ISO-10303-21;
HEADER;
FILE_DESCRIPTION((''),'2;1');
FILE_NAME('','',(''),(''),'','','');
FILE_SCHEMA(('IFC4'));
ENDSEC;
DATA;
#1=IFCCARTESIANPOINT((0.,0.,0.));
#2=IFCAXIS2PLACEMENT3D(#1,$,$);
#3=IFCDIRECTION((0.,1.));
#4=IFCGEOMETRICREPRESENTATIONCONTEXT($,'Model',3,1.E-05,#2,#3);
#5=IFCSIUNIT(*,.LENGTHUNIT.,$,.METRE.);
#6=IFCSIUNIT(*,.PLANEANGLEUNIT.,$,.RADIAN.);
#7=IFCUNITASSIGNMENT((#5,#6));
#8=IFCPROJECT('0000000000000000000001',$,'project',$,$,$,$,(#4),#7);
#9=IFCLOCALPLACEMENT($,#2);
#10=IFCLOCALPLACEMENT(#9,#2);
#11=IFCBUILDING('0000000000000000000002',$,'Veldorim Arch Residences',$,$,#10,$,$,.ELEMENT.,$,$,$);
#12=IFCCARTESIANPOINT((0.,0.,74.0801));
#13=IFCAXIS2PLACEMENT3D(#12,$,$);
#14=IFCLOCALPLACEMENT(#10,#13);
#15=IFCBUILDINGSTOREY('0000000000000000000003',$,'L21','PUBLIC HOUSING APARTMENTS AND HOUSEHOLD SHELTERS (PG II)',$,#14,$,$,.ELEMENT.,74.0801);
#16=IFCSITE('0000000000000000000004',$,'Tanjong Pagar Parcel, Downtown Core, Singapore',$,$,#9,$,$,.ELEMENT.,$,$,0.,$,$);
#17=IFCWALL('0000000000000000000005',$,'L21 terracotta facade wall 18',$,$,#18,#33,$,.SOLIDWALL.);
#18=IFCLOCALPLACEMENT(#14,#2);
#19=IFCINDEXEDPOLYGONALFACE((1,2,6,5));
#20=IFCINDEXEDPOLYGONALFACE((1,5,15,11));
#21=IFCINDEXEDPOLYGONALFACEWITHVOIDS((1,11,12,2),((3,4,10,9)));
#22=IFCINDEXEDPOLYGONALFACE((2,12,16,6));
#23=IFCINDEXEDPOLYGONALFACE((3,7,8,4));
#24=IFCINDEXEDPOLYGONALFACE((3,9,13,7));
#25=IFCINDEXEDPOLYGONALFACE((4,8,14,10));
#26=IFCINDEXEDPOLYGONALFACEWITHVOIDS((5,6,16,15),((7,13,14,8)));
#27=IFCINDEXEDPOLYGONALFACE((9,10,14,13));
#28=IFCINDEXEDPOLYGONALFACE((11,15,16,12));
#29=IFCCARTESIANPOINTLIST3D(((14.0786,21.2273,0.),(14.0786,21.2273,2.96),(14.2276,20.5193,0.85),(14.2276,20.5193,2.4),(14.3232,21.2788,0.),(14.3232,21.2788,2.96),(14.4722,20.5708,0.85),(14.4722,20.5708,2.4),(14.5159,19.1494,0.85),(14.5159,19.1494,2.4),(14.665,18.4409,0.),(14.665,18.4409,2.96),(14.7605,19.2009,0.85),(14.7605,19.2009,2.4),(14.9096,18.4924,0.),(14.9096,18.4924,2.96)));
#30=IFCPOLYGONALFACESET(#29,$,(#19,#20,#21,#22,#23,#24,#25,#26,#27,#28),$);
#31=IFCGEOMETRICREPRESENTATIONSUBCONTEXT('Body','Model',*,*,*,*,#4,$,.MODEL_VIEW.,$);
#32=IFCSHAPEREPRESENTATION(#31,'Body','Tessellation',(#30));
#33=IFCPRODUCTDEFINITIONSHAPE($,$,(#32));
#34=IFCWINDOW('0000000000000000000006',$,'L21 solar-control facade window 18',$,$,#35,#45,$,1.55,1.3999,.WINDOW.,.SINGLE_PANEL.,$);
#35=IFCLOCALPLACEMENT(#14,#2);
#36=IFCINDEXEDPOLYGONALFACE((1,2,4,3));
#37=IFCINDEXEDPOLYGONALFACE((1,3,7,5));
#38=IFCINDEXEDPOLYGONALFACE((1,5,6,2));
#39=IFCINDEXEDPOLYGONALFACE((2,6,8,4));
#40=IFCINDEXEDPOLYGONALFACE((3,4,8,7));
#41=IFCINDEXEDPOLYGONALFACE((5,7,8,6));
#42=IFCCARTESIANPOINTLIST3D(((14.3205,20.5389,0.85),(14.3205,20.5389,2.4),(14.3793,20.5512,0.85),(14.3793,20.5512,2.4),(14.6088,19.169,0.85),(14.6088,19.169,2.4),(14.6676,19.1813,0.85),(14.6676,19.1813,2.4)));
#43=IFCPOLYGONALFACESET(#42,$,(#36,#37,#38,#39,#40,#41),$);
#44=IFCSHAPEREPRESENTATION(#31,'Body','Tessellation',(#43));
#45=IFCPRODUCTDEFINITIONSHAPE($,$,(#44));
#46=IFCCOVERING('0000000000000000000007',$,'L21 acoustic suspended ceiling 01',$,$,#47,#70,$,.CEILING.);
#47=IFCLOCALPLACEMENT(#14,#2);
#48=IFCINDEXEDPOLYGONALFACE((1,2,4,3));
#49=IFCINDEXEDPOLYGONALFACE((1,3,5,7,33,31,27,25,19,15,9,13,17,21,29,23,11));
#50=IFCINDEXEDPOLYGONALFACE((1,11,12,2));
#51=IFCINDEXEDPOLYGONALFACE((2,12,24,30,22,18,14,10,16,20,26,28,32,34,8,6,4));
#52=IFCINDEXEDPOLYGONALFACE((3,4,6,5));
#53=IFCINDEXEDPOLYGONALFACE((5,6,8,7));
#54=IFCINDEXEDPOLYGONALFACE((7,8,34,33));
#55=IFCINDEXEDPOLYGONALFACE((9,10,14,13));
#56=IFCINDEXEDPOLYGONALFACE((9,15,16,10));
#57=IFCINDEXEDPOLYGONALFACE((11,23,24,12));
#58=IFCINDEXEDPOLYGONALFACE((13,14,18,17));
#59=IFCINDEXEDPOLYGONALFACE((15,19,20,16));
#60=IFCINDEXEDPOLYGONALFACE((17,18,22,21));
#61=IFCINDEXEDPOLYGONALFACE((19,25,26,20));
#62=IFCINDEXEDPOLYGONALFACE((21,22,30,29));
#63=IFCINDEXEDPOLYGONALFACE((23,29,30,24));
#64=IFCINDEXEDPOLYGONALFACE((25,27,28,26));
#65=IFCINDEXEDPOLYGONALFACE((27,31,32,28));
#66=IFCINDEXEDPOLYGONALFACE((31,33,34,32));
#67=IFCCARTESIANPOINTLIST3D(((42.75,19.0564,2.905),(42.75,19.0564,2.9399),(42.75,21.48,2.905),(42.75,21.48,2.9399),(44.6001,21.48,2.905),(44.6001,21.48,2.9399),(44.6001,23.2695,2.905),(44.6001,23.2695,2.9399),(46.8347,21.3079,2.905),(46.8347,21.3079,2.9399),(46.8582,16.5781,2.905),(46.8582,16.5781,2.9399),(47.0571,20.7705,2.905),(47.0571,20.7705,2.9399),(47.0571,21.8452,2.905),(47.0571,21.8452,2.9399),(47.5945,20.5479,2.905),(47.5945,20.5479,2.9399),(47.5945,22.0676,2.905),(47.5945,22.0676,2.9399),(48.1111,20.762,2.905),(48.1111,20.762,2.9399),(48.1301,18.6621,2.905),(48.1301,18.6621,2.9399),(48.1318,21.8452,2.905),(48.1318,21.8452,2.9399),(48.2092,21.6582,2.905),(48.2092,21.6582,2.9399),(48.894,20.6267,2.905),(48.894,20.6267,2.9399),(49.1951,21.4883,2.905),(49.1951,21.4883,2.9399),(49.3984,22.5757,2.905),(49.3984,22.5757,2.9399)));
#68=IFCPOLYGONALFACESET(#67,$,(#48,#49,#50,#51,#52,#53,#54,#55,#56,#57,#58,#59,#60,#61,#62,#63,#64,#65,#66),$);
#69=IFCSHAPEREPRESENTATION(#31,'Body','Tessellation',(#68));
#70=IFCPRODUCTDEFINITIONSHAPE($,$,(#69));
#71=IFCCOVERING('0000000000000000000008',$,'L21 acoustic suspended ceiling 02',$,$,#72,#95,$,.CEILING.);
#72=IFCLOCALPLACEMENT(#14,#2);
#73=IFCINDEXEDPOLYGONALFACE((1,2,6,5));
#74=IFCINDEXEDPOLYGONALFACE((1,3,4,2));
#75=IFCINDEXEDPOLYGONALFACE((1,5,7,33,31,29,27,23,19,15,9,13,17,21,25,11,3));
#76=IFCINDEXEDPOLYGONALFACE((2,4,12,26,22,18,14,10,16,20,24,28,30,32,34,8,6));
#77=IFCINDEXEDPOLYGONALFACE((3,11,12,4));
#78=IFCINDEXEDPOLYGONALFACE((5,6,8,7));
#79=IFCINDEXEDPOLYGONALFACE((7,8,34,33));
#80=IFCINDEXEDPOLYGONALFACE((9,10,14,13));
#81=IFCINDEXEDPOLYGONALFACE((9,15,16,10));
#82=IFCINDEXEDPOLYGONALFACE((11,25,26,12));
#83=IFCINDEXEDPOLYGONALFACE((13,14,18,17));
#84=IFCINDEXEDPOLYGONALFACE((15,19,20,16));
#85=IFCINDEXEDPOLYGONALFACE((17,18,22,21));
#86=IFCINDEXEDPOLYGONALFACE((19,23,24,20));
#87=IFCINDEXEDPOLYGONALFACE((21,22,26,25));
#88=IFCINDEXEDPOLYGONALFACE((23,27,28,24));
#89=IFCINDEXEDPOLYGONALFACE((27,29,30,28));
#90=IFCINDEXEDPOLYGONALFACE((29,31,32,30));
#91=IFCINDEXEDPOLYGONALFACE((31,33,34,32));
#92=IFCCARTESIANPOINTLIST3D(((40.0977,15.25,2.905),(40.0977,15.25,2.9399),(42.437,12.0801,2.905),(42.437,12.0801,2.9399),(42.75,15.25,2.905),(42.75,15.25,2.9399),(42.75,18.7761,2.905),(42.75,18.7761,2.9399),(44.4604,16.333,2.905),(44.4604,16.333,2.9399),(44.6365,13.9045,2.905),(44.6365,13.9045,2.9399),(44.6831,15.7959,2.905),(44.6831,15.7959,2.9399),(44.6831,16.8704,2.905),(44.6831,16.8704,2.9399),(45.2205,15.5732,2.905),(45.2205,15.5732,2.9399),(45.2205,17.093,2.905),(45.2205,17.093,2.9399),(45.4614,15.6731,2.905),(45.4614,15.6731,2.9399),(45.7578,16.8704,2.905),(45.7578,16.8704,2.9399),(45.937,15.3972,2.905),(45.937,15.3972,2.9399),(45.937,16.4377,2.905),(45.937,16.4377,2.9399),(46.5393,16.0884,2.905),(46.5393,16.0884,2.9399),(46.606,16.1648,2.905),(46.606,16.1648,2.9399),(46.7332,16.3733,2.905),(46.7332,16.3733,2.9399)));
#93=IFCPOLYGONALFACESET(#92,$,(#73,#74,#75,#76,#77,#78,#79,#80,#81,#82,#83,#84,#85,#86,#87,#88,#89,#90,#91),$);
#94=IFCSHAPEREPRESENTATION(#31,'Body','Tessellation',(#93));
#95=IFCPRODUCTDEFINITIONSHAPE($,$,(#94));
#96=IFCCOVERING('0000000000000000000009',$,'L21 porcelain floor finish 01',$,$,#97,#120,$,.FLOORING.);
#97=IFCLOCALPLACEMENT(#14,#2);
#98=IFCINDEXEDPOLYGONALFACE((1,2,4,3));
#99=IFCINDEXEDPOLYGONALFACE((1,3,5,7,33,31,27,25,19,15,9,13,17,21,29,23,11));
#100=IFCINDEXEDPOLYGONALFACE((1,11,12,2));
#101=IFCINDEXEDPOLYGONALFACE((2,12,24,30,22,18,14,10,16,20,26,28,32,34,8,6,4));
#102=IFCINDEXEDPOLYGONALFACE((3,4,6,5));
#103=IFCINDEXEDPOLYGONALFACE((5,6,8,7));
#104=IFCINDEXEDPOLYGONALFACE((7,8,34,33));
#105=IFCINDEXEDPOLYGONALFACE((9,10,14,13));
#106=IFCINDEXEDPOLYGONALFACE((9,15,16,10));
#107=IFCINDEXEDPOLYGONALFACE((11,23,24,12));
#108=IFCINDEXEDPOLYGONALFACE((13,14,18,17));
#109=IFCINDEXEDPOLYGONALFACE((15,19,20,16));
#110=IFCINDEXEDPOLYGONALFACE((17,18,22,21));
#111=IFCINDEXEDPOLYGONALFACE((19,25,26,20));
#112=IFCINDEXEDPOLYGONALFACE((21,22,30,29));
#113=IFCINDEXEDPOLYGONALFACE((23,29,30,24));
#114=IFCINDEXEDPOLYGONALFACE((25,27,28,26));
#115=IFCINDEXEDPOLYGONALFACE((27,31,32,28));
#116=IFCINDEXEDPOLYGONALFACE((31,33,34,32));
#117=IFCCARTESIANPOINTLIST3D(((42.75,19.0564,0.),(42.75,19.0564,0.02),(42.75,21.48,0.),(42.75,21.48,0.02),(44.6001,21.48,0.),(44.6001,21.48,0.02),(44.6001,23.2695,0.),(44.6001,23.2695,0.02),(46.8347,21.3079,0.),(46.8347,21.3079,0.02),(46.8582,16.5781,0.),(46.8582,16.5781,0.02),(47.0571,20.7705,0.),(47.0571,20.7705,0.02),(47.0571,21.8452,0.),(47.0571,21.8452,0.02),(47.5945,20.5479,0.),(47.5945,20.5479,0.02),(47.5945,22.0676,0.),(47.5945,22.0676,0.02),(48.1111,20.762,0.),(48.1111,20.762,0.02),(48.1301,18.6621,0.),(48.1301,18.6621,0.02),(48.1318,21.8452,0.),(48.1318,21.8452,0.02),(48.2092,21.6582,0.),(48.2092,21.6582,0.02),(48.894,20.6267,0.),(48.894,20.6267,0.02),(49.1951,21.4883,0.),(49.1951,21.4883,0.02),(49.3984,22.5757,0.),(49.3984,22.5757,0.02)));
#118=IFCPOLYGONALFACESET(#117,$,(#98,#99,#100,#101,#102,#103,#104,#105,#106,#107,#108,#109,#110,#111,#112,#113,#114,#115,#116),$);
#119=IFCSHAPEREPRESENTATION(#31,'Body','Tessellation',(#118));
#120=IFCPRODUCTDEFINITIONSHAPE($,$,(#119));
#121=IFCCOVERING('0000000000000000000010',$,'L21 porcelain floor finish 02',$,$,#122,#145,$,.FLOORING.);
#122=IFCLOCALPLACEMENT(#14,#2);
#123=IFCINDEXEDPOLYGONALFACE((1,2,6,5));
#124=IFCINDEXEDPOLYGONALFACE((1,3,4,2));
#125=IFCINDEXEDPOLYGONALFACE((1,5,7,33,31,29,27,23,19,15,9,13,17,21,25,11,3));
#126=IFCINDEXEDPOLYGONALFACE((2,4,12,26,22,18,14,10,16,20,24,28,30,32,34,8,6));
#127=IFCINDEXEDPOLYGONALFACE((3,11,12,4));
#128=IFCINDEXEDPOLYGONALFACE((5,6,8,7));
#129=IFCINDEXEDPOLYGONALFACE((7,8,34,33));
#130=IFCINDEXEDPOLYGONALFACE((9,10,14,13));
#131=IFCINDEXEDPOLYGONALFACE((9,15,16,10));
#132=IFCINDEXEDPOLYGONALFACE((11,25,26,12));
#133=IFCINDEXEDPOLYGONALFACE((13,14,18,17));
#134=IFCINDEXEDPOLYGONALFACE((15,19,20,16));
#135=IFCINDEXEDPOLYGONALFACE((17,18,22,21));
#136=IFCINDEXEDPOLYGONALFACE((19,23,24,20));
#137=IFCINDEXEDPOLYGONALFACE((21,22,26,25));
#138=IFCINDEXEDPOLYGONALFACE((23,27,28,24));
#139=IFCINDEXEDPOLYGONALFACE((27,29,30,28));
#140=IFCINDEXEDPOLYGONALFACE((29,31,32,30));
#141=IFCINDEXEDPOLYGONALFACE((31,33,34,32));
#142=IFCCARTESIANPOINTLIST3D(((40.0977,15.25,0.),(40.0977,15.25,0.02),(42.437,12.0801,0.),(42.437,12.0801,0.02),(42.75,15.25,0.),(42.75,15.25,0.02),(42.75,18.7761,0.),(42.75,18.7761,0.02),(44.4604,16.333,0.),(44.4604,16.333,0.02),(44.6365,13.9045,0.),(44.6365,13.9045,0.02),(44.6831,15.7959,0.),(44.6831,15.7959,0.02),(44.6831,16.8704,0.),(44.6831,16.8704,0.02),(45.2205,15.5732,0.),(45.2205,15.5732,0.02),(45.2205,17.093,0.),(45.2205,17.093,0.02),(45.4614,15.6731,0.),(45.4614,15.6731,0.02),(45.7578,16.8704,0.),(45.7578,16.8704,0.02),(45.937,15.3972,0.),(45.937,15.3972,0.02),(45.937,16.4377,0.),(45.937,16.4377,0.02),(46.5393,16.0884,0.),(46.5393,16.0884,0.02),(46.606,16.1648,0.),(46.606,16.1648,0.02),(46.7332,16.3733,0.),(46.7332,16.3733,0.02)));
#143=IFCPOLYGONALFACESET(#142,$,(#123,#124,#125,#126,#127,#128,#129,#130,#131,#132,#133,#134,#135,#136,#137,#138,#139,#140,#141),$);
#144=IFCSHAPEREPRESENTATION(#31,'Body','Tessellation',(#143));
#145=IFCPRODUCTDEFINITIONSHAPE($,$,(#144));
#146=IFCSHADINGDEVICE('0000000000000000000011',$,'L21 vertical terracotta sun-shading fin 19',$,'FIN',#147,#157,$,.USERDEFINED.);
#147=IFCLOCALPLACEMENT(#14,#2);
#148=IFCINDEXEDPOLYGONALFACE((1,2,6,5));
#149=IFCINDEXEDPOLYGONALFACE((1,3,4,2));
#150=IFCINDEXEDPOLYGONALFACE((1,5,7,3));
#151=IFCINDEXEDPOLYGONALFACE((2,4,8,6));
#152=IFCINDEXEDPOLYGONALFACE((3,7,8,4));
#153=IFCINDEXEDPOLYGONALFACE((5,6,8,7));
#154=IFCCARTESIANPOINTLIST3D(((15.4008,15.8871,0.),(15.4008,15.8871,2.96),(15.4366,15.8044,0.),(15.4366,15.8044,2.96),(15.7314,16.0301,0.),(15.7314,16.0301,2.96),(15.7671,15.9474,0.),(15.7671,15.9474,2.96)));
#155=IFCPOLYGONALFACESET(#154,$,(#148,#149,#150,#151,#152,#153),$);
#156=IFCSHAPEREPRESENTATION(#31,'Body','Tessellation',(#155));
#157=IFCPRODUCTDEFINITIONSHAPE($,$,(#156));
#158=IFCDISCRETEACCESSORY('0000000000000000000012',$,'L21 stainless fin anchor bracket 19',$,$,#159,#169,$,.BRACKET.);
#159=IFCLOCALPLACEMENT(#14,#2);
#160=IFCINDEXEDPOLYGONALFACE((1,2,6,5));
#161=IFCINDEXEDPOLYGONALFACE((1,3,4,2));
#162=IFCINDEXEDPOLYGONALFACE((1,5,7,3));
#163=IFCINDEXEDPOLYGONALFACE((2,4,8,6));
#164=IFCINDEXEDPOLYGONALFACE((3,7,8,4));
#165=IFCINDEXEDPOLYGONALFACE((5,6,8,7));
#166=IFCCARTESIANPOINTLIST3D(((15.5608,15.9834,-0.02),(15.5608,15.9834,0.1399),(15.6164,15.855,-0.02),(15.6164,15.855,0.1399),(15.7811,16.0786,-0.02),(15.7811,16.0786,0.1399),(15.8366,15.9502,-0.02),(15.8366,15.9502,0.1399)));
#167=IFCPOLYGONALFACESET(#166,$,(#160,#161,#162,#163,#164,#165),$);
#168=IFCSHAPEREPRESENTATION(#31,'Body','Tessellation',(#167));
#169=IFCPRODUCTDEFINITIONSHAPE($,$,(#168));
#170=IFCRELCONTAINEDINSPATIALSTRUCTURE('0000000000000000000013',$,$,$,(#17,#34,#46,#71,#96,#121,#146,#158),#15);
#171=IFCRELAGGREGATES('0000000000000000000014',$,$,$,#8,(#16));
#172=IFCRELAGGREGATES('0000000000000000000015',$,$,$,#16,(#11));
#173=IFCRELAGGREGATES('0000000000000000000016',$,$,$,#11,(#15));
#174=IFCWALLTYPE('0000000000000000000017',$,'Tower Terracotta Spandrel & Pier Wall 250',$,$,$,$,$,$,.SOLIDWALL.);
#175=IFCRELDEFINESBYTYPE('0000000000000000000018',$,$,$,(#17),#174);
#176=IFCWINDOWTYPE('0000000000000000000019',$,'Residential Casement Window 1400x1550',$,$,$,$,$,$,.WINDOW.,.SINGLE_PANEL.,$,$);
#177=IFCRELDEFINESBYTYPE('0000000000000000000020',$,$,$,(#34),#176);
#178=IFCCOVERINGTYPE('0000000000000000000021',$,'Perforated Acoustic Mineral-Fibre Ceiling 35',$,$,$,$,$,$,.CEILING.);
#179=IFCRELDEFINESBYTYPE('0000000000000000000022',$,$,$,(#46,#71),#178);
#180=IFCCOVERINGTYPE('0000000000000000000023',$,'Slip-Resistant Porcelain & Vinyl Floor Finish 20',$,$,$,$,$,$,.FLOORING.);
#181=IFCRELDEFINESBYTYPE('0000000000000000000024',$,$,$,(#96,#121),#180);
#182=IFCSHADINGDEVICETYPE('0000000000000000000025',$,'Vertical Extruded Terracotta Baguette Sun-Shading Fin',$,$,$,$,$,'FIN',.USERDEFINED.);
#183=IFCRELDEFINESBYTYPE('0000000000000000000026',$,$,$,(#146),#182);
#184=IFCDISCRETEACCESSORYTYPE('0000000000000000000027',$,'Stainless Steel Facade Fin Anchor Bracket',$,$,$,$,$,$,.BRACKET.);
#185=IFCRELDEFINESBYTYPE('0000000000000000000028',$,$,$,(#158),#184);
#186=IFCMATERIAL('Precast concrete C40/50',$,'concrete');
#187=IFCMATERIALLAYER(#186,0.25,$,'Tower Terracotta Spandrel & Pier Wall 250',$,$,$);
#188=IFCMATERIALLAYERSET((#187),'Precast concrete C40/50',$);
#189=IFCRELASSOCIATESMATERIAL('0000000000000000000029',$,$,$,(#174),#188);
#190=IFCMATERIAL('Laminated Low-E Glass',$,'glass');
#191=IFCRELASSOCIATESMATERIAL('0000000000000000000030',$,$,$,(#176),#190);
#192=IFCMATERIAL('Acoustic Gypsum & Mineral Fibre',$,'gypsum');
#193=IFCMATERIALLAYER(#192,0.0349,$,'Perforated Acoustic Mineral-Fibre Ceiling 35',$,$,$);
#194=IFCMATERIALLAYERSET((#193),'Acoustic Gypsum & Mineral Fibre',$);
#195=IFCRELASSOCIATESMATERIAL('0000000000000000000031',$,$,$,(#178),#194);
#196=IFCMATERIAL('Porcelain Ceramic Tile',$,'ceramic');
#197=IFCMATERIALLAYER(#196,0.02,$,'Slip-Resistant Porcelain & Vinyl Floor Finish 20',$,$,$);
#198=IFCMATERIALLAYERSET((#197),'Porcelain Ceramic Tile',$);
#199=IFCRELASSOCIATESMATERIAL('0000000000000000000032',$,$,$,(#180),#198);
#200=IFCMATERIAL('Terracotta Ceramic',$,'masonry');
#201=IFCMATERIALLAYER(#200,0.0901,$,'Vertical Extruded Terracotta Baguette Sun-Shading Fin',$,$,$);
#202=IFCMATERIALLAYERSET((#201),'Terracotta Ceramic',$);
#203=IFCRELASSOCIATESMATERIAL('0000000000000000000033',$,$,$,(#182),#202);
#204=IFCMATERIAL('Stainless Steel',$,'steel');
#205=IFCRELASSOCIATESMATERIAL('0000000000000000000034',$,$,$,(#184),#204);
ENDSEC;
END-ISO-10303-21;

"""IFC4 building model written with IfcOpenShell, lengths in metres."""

from ifc_helpers import new_model, si_unit, direction, frame, frame_2d, origin, origin_2d, place, context, subcontext, project, spatial, polyline, rectangle, outline, extrude, material, layer, layer_set, type_object, element, fill, save


model = new_model("IFC4")

# Units and contexts
model_context = context("Model", 3, precision=1e-05, world=origin(), true_north=direction((0.0, 1.0)))
body_context = subcontext(model_context, "Body", "Model", "MODEL_VIEW")
ifc_project = project(units=[si_unit("LENGTHUNIT", "METRE"), si_unit("PLANEANGLEUNIT", "RADIAN")], contexts=[model_context])

# Site, building, storey
site_placement = place(None, origin())
site = spatial("IfcSite", under=ifc_project, at=site_placement, Name="Tanjong Pagar Parcel, Downtown Core, Singapore", CompositionType="ELEMENT", RefElevation=0.0)
building_placement = place(site_placement, origin())
building = spatial("IfcBuilding", under=site, at=building_placement, Name="Veldorim Arch Residences", CompositionType="ELEMENT")
storey_placement = place(building_placement, frame((0.0, 0.0, 74.0801)))
storey = spatial("IfcBuildingStorey", under=building, at=storey_placement, Name="L21", Description="PUBLIC HOUSING APARTMENTS AND HOUSEHOLD SHELTERS (PG II)", CompositionType="ELEMENT", Elevation=74.0801)

# Wall, opening, window
ifc_material_1 = material(Name="Precast concrete C40/50", Category="concrete")
ifc_layer_1 = layer(ifc_material_1, 0.25, Name="Tower Terracotta Spandrel & Pier Wall 250")
ifc_layer_set_1 = layer_set([ifc_layer_1], Name="Precast concrete C40/50")
wall_type = type_object("IfcWallType", Name="Tower Terracotta Spandrel & Pier Wall 250", PredefinedType="SOLIDWALL", material=ifc_layer_set_1)
wall_placement = place(storey_placement, frame((14.7874, 18.4666, 0.0), z_axis=(0.0, 0.0, 1.0), x_axis=(-0.20595, 0.978563, 0.0)))
wall = element("IfcWall", 1, at=wall_placement, inside=storey, type_object=wall_type, Name="L21 terracotta facade wall 18", PredefinedType="SOLIDWALL", context=body_context, shape_type="SweptSolid", body=[
    extrude(rectangle(XDim=2.8474, YDim=0.25, at=frame_2d((1.4238, 0.0))), origin(), (0.0, 0.0, 1.0), 2.96),
])
opening_placement = place(wall_placement, frame((0.7241, 0.0, 0.8501)))
opening = element("IfcOpeningElement", 2, at=opening_placement, cuts=wall, PredefinedType="OPENING", context=body_context, shape_type="SweptSolid", body=[
    extrude(rectangle(XDim=1.3999, YDim=1.55, at=frame_2d((0.7, 0.7749))), frame((0.0, 0.135, 0.0), z_axis=(0.0, -1.0, 0.0), x_axis=(1.0, 0.0, 0.0)), (0.0, 0.0, 1.0), 0.27),
])
ifc_material_2 = material(Name="Laminated Low-E Glass", Category="glass")
window_type = type_object("IfcWindowType", Name="Residential Casement Window 1400x1550", PartitioningType="SINGLE_PANEL", PredefinedType="WINDOW", material=ifc_material_2)
window_placement = place(opening_placement, origin())
window = element("IfcWindow", 3, at=window_placement, inside=storey, type_object=window_type, Name="L21 solar-control facade window 18", OverallHeight=1.55, OverallWidth=1.3999, PartitioningType="SINGLE_PANEL", PredefinedType="WINDOW", context=body_context, shape_type="SweptSolid", body=[
    extrude(rectangle(XDim=1.3999, YDim=1.55, at=frame_2d((0.7, 0.7749))), frame((0.0, 0.03, 0.0), z_axis=(0.0, -1.0, 0.0), x_axis=(1.0, 0.0, 0.0)), (0.0, 0.0, 1.0), 0.0601),
])
fill(opening, window)

# Coverings
ifc_material_3 = material(Name="Acoustic Gypsum & Mineral Fibre", Category="gypsum")
ifc_layer_2 = layer(ifc_material_3, 0.0349, Name="Perforated Acoustic Mineral-Fibre Ceiling 35")
ifc_layer_set_2 = layer_set([ifc_layer_2], Name="Acoustic Gypsum & Mineral Fibre")
covering_type_1 = type_object("IfcCoveringType", Name="Perforated Acoustic Mineral-Fibre Ceiling 35", PredefinedType="CEILING", material=ifc_layer_set_2)
covering_1_placement = place(storey_placement, frame((0.0, 0.0, 2.905)))
element("IfcCovering", 4, at=covering_1_placement, inside=storey, type_object=covering_type_1, Name="L21 acoustic suspended ceiling 01", PredefinedType="CEILING", context=body_context, shape_type="SweptSolid", body=[
    extrude(outline(polyline([(48.894, 20.6267), (48.1301, 18.6621), (46.8582, 16.5781), (42.75, 19.0564), (42.75, 21.48), (44.6001, 21.48), (44.6001, 23.2695), (49.3984, 22.5757), (49.1951, 21.4883), (48.2092, 21.6582), (48.1318, 21.8452), (47.5945, 22.0676), (47.0571, 21.8452), (46.8347, 21.3079), (47.0571, 20.7705), (47.5945, 20.5479), (48.1111, 20.762), (48.894, 20.6267)])), origin(), (0.0, 0.0, 1.0), 0.0349),
])
covering_2_placement = place(storey_placement, frame((0.0, 0.0, 2.905)))
element("IfcCovering", 5, at=covering_2_placement, inside=storey, type_object=covering_type_1, Name="L21 acoustic suspended ceiling 02", PredefinedType="CEILING", context=body_context, shape_type="SweptSolid", body=[
    extrude(outline(polyline([(45.7578, 16.8704), (45.2205, 17.093), (44.6831, 16.8704), (44.4604, 16.333), (44.6831, 15.7959), (45.2205, 15.5732), (45.4614, 15.6731), (45.937, 15.3972), (44.6365, 13.9045), (42.437, 12.0801), (40.0977, 15.25), (42.75, 15.25), (42.75, 18.7761), (46.7332, 16.3733), (46.606, 16.1648), (46.5393, 16.0884), (45.937, 16.4377), (45.7578, 16.8704)])), origin(), (0.0, 0.0, 1.0), 0.0349),
])
ifc_material_4 = material(Name="Porcelain Ceramic Tile", Category="ceramic")
ifc_layer_3 = layer(ifc_material_4, 0.02, Name="Slip-Resistant Porcelain & Vinyl Floor Finish 20")
ifc_layer_set_3 = layer_set([ifc_layer_3], Name="Porcelain Ceramic Tile")
covering_type_2 = type_object("IfcCoveringType", Name="Slip-Resistant Porcelain & Vinyl Floor Finish 20", PredefinedType="FLOORING", material=ifc_layer_set_3)
covering_3_placement = place(storey_placement, origin())
element("IfcCovering", 6, at=covering_3_placement, inside=storey, type_object=covering_type_2, Name="L21 porcelain floor finish 01", PredefinedType="FLOORING", context=body_context, shape_type="SweptSolid", body=[
    extrude(outline(polyline([(48.894, 20.6267), (48.1301, 18.6621), (46.8582, 16.5781), (42.75, 19.0564), (42.75, 21.48), (44.6001, 21.48), (44.6001, 23.2695), (49.3984, 22.5757), (49.1951, 21.4883), (48.2092, 21.6582), (48.1318, 21.8452), (47.5945, 22.0676), (47.0571, 21.8452), (46.8347, 21.3079), (47.0571, 20.7705), (47.5945, 20.5479), (48.1111, 20.762), (48.894, 20.6267)])), origin(), (0.0, 0.0, 1.0), 0.02),
])
covering_4_placement = place(storey_placement, origin())
element("IfcCovering", 7, at=covering_4_placement, inside=storey, type_object=covering_type_2, Name="L21 porcelain floor finish 02", PredefinedType="FLOORING", context=body_context, shape_type="SweptSolid", body=[
    extrude(outline(polyline([(45.7578, 16.8704), (45.2205, 17.093), (44.6831, 16.8704), (44.4604, 16.333), (44.6831, 15.7959), (45.2205, 15.5732), (45.4614, 15.6731), (45.937, 15.3972), (44.6365, 13.9045), (42.437, 12.0801), (40.0977, 15.25), (42.75, 15.25), (42.75, 18.7761), (46.7332, 16.3733), (46.606, 16.1648), (46.5393, 16.0884), (45.937, 16.4377), (45.7578, 16.8704)])), origin(), (0.0, 0.0, 1.0), 0.02),
])

# Shading device
ifc_material_5 = material(Name="Terracotta Ceramic", Category="masonry")
ifc_layer_4 = layer(ifc_material_5, 0.0901, Name="Vertical Extruded Terracotta Baguette Sun-Shading Fin")
ifc_layer_set_4 = layer_set([ifc_layer_4], Name="Terracotta Ceramic")
shading_device_type = type_object("IfcShadingDeviceType", Name="Vertical Extruded Terracotta Baguette Sun-Shading Fin", ElementType="FIN", PredefinedType="USERDEFINED", material=ifc_layer_set_4)
shading_device_placement = place(storey_placement, frame((15.584, 15.9172, 0.0), z_axis=(0.0, 0.0, 1.0), x_axis=(-0.396988, 0.917824, 0.0)))
element("IfcShadingDevice", 8, at=shading_device_placement, inside=storey, type_object=shading_device_type, Name="L21 vertical terracotta sun-shading fin 19", ObjectType="FIN", PredefinedType="USERDEFINED", context=body_context, shape_type="SweptSolid", body=[
    extrude(rectangle(XDim=0.0901, YDim=0.3601, at=origin_2d()), origin(), (0.0, 0.0, 1.0), 2.96),
])

# Discrete accessory
ifc_material_6 = material(Name="Stainless Steel", Category="steel")
discrete_accessory_type = type_object("IfcDiscreteAccessoryType", Name="Stainless Steel Facade Fin Anchor Bracket", PredefinedType="BRACKET", material=ifc_material_6)
discrete_accessory_placement = place(storey_placement, frame((15.6987, 15.9668, -0.02), z_axis=(0.0, 0.0, 1.0), x_axis=(-0.396988, 0.917824, 0.0)))
element("IfcDiscreteAccessory", 9, at=discrete_accessory_placement, inside=storey, type_object=discrete_accessory_type, Name="L21 stainless fin anchor bracket 19", PredefinedType="BRACKET", context=body_context, shape_type="SweptSolid", body=[
    extrude(rectangle(XDim=0.1399, YDim=0.24, at=origin_2d()), origin(), (0.0, 0.0, 1.0), 0.1599),
])

save(model, "model.ifc")
